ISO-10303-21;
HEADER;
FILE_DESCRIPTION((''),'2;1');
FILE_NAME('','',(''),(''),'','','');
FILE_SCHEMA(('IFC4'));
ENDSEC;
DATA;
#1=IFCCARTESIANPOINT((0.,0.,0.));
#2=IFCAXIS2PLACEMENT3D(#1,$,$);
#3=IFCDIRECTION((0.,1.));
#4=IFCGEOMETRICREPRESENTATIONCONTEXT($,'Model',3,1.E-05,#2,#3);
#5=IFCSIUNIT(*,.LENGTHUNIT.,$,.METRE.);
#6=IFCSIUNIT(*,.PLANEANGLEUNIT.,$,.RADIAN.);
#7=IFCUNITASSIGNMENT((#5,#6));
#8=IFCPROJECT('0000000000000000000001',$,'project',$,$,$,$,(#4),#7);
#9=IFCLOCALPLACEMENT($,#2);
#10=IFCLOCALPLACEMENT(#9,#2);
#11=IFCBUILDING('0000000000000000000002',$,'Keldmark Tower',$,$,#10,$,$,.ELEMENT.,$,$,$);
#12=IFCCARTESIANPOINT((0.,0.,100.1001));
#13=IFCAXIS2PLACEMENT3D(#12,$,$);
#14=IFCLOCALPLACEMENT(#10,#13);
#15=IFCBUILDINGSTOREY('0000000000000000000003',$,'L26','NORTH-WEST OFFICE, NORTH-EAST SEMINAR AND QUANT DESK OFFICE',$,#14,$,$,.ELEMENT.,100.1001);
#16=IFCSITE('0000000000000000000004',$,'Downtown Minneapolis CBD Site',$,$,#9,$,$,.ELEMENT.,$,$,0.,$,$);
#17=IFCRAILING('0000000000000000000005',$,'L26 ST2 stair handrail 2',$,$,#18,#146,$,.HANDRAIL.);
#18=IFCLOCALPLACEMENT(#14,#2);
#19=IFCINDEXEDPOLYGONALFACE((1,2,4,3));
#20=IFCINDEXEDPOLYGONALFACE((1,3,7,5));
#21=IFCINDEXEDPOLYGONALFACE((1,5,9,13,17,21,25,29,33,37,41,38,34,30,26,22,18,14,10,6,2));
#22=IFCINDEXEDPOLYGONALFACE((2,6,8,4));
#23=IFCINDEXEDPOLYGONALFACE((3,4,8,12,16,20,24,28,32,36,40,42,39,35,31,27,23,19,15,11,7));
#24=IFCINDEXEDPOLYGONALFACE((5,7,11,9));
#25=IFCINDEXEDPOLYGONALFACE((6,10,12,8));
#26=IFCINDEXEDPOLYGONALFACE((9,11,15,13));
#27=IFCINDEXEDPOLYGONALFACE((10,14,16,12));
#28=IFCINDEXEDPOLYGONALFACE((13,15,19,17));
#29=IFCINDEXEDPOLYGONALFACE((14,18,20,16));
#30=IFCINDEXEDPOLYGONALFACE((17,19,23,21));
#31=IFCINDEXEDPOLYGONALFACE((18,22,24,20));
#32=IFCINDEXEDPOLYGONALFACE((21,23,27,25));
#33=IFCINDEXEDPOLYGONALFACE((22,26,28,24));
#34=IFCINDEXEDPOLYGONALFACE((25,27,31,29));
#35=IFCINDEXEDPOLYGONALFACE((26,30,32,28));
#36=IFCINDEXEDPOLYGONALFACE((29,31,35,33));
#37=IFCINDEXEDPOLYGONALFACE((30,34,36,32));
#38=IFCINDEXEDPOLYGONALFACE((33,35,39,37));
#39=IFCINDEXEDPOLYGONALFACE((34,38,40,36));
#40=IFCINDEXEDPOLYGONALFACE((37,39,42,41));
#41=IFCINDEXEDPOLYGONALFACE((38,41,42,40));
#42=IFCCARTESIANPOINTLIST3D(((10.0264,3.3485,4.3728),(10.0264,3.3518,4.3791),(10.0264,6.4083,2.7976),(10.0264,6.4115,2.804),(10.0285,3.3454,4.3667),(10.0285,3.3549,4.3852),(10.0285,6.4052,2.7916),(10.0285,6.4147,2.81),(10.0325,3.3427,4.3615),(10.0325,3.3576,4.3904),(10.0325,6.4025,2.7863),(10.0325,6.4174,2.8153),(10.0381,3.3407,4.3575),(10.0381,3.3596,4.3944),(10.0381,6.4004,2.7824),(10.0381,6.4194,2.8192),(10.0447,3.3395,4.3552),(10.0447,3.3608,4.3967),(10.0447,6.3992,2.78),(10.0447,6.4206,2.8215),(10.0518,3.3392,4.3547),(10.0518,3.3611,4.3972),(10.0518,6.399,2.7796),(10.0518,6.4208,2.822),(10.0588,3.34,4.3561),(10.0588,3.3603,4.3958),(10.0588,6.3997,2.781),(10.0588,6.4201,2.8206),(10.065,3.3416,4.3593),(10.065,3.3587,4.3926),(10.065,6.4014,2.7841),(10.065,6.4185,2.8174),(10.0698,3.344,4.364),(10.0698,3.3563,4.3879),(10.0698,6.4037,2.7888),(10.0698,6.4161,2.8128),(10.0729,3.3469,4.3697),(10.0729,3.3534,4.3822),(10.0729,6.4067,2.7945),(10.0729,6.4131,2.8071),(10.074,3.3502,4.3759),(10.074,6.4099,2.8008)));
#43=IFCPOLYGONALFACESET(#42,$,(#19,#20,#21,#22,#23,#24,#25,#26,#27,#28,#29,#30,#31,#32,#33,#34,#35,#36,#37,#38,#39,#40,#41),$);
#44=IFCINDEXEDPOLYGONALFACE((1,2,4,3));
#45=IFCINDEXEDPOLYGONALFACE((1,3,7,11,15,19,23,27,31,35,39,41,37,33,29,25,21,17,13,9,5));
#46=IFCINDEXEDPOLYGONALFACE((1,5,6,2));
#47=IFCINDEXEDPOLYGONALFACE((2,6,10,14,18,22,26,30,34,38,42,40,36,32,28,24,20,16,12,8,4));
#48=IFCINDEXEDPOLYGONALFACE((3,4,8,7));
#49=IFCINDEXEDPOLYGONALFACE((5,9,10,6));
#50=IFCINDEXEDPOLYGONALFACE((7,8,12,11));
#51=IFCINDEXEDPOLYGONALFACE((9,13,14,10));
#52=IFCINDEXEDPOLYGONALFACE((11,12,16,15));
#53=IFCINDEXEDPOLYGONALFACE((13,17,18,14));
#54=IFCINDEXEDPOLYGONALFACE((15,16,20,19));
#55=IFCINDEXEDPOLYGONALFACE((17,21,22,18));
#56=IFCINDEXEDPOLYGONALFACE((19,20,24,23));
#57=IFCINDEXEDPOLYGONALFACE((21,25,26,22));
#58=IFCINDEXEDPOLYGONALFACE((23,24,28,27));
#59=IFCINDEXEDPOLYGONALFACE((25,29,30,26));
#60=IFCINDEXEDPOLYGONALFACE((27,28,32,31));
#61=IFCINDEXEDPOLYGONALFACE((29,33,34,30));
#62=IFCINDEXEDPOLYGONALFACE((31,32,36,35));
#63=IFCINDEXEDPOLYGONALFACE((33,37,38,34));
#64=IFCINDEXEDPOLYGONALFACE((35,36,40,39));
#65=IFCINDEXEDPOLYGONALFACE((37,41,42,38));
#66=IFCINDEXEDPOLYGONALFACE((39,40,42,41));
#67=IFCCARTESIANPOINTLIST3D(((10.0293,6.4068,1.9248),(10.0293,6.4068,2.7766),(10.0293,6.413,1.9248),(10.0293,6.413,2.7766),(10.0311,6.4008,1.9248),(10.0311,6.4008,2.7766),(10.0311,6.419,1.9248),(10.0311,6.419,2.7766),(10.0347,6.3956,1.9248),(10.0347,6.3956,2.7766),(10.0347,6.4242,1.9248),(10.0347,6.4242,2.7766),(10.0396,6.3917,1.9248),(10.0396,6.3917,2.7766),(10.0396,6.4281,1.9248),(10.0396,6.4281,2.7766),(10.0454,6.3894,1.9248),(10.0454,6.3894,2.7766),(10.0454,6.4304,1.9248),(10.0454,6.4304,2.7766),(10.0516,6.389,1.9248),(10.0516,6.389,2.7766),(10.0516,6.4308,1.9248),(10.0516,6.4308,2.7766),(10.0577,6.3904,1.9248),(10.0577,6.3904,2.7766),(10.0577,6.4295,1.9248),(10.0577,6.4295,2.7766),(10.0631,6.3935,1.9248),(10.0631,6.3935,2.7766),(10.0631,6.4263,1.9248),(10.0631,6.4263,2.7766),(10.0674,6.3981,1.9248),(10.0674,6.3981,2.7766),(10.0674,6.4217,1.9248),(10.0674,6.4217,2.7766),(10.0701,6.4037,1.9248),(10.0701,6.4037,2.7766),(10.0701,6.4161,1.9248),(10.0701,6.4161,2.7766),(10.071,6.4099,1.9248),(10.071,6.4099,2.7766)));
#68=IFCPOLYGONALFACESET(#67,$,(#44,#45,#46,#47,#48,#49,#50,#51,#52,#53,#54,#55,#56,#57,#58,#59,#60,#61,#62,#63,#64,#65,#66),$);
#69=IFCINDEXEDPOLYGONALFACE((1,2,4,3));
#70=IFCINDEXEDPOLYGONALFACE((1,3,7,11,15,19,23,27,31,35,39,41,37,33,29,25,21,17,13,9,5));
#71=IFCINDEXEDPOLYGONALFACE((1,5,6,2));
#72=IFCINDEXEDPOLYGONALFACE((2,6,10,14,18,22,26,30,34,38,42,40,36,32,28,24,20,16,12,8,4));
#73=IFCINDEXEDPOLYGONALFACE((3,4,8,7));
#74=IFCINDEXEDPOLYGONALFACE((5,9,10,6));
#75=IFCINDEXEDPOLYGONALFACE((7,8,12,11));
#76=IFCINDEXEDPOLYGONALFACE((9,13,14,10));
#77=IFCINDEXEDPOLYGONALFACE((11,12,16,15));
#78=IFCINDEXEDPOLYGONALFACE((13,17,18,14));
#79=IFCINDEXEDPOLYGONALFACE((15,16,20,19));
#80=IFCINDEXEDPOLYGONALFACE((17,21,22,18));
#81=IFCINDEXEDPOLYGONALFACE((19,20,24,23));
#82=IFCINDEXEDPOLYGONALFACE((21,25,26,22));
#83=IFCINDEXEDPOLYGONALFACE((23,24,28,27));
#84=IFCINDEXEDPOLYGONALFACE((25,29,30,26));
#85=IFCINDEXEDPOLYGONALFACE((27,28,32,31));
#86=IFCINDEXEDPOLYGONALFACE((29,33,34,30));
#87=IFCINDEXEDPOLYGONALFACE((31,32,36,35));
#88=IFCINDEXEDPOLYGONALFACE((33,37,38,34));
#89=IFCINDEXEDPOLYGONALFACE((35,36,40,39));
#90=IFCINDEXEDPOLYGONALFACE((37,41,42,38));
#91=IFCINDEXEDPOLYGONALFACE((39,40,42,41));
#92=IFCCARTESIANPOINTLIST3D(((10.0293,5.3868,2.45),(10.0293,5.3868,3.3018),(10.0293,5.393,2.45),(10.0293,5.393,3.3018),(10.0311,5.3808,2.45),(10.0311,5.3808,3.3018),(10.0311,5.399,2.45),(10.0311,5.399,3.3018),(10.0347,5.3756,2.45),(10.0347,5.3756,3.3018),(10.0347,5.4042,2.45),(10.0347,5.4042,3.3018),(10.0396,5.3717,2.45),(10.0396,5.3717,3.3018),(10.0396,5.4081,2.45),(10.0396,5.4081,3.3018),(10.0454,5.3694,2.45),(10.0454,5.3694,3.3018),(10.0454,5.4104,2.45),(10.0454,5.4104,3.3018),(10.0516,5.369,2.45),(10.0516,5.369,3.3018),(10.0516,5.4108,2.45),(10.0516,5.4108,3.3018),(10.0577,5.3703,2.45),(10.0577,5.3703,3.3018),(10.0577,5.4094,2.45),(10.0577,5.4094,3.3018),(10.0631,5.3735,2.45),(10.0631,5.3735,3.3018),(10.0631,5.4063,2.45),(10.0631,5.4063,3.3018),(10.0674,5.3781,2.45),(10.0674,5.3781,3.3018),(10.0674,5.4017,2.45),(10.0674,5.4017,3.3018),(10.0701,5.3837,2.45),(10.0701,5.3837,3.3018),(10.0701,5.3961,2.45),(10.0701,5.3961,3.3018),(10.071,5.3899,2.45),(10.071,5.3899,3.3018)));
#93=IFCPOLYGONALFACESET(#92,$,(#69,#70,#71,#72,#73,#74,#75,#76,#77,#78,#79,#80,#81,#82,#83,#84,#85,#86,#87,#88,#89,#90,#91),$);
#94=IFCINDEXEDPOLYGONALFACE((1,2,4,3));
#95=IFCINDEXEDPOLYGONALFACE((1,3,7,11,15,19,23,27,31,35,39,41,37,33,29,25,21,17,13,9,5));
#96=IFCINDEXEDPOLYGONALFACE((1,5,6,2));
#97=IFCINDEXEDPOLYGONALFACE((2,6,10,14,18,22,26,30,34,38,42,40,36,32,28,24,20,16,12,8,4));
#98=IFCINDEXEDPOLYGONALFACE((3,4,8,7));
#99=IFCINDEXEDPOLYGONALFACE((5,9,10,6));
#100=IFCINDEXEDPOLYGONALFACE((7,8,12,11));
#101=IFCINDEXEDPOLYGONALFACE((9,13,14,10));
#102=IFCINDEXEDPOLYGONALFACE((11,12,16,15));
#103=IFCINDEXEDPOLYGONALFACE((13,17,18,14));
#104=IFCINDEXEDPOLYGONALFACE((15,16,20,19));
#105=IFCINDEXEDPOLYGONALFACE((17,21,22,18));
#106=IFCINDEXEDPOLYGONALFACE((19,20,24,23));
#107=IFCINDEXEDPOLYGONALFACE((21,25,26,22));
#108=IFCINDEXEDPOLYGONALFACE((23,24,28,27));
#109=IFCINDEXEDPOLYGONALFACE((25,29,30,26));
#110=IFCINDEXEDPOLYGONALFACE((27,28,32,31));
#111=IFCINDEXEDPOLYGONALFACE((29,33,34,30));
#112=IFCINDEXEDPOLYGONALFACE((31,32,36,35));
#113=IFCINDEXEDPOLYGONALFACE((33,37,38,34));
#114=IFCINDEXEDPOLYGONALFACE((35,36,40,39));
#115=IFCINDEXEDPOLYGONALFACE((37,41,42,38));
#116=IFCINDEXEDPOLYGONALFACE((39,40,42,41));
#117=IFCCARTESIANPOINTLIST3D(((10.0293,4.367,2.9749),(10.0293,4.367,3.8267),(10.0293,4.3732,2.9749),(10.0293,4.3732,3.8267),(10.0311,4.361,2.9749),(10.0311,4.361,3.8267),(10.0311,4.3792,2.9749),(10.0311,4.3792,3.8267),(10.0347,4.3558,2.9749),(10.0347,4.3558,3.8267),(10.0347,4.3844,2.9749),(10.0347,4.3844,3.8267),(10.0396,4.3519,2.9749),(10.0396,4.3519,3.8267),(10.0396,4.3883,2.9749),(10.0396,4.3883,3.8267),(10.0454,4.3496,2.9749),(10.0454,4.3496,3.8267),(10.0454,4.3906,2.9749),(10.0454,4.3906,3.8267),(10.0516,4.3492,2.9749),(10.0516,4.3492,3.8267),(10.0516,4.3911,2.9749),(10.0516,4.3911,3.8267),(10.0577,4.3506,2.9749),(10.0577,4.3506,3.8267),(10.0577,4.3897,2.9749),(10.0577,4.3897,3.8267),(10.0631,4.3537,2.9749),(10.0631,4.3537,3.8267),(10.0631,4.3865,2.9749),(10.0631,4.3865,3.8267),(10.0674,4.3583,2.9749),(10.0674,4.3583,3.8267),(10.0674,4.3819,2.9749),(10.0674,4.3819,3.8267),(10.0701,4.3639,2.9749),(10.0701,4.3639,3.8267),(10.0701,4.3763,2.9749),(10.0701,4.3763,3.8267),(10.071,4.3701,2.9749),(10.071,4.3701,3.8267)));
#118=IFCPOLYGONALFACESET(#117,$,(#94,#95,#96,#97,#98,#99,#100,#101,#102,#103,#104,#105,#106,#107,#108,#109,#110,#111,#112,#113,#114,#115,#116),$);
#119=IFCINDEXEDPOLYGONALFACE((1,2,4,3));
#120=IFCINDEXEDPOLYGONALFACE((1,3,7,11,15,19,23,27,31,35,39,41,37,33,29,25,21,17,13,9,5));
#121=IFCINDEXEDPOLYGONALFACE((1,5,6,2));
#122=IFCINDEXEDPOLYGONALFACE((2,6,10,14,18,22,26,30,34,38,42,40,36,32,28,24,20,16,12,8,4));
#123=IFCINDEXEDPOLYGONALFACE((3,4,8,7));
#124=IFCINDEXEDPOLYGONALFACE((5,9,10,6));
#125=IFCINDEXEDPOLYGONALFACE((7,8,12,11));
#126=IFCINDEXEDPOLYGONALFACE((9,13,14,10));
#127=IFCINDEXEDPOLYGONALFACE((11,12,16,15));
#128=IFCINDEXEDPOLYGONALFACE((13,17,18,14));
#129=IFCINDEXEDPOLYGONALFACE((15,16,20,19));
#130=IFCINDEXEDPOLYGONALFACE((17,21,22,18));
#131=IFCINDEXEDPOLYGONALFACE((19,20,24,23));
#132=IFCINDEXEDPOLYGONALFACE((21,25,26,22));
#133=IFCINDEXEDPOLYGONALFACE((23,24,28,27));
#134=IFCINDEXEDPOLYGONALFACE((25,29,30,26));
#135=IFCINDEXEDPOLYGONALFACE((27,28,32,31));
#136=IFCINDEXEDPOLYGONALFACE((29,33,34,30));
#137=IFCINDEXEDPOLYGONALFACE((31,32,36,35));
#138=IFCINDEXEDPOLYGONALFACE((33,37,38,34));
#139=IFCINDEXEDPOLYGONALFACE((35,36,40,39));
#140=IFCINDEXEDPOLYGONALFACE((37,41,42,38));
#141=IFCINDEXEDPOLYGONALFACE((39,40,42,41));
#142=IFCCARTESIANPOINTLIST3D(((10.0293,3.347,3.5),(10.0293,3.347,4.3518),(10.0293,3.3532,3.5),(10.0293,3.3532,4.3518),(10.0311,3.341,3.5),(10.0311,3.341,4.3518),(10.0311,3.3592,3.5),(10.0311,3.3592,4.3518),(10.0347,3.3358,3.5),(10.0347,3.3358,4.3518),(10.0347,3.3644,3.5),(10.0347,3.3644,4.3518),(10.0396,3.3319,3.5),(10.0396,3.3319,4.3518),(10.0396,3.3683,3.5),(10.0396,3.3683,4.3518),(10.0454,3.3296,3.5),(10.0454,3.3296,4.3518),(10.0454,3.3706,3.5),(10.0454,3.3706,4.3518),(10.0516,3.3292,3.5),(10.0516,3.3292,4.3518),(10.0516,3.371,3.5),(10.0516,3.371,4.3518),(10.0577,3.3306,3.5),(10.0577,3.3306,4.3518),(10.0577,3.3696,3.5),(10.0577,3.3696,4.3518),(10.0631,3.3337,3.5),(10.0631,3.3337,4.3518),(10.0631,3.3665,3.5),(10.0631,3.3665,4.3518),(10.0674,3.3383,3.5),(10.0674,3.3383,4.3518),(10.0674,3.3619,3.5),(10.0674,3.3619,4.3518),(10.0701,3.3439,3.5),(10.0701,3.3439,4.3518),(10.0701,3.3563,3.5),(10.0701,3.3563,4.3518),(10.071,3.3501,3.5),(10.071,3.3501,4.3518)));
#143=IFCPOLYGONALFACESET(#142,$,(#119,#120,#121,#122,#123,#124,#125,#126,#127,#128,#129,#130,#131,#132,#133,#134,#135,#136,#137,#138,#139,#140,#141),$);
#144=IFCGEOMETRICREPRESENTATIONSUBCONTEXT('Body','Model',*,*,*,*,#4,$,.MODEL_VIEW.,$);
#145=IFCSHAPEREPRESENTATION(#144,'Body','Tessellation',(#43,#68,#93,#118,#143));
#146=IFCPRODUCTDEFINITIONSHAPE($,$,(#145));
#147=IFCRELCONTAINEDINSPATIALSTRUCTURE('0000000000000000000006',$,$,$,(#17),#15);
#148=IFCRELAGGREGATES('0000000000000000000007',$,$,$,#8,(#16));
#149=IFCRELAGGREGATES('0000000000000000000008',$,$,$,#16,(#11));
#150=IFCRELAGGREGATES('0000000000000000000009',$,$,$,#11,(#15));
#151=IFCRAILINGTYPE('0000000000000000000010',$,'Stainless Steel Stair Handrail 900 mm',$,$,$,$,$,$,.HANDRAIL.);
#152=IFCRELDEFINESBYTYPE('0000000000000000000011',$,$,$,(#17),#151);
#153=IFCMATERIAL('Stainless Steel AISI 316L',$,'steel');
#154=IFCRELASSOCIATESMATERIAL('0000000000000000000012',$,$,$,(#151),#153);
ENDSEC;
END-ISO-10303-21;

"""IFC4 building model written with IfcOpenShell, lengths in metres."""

from ifc_helpers import new_model, si_unit, direction, frame, origin, origin_2d, place, context, subcontext, project, spatial, circle, extrude, material, type_object, element, save


model = new_model("IFC4")

# Units and contexts
model_context = context("Model", 3, precision=1e-05, world=origin(), true_north=direction((0.0, 1.0)))
body_context = subcontext(model_context, "Body", "Model", "MODEL_VIEW")
ifc_project = project(units=[si_unit("LENGTHUNIT", "METRE"), si_unit("PLANEANGLEUNIT", "RADIAN")], contexts=[model_context])

# Site, building, storey
site_placement = place(None, origin())
site = spatial("IfcSite", under=ifc_project, at=site_placement, Name="Downtown Minneapolis CBD Site", CompositionType="ELEMENT", RefElevation=0.0)
building_placement = place(site_placement, origin())
building = spatial("IfcBuilding", under=site, at=building_placement, Name="Keldmark Tower", CompositionType="ELEMENT")
storey_placement = place(building_placement, frame((0.0, 0.0, 100.1001)))
storey = spatial("IfcBuildingStorey", under=building, at=storey_placement, Name="L26", Description="NORTH-WEST OFFICE, NORTH-EAST SEMINAR AND QUANT DESK OFFICE", CompositionType="ELEMENT", Elevation=100.1001)

# Railing
ifc_material_1 = material(Name="Stainless Steel AISI 316L", Category="steel")
railing_type_1 = type_object("IfcRailingType", Name="Stainless Steel Stair Handrail 900 mm", PredefinedType="HANDRAIL", material=ifc_material_1)
railing_1_placement = place(storey_placement, frame((10.05, 6.4099, 1.9248)))
element("IfcRailing", 1, at=railing_1_placement, inside=storey, type_object=railing_type_1, Name="L26 ST2 stair handrail 2", PredefinedType="HANDRAIL", context=body_context, shape_type="SweptSolid", body=[
    extrude(circle(Radius=0.0239, at=origin_2d()), frame((0.0, 0.0, 0.876), z_axis=(0.0, -0.889101, 0.45771), x_axis=(1.0, 0.0, 0.0)), (0.0, 0.0, 1.0), 3.4414),
    extrude(circle(Radius=0.021, at=origin_2d()), origin(), (0.0, 0.0, 1.0), 0.8518),
    extrude(circle(Radius=0.021, at=origin_2d()), frame((0.0, -1.02, 0.5251)), (0.0, 0.0, 1.0), 0.8518),
    extrude(circle(Radius=0.021, at=origin_2d()), frame((0.0, -2.0398, 1.05)), (0.0, 0.0, 1.0), 0.8518),
    extrude(circle(Radius=0.021, at=origin_2d()), frame((0.0, -3.0598, 1.5752)), (0.0, 0.0, 1.0), 0.8518),
])

save(model, "model.ifc")
